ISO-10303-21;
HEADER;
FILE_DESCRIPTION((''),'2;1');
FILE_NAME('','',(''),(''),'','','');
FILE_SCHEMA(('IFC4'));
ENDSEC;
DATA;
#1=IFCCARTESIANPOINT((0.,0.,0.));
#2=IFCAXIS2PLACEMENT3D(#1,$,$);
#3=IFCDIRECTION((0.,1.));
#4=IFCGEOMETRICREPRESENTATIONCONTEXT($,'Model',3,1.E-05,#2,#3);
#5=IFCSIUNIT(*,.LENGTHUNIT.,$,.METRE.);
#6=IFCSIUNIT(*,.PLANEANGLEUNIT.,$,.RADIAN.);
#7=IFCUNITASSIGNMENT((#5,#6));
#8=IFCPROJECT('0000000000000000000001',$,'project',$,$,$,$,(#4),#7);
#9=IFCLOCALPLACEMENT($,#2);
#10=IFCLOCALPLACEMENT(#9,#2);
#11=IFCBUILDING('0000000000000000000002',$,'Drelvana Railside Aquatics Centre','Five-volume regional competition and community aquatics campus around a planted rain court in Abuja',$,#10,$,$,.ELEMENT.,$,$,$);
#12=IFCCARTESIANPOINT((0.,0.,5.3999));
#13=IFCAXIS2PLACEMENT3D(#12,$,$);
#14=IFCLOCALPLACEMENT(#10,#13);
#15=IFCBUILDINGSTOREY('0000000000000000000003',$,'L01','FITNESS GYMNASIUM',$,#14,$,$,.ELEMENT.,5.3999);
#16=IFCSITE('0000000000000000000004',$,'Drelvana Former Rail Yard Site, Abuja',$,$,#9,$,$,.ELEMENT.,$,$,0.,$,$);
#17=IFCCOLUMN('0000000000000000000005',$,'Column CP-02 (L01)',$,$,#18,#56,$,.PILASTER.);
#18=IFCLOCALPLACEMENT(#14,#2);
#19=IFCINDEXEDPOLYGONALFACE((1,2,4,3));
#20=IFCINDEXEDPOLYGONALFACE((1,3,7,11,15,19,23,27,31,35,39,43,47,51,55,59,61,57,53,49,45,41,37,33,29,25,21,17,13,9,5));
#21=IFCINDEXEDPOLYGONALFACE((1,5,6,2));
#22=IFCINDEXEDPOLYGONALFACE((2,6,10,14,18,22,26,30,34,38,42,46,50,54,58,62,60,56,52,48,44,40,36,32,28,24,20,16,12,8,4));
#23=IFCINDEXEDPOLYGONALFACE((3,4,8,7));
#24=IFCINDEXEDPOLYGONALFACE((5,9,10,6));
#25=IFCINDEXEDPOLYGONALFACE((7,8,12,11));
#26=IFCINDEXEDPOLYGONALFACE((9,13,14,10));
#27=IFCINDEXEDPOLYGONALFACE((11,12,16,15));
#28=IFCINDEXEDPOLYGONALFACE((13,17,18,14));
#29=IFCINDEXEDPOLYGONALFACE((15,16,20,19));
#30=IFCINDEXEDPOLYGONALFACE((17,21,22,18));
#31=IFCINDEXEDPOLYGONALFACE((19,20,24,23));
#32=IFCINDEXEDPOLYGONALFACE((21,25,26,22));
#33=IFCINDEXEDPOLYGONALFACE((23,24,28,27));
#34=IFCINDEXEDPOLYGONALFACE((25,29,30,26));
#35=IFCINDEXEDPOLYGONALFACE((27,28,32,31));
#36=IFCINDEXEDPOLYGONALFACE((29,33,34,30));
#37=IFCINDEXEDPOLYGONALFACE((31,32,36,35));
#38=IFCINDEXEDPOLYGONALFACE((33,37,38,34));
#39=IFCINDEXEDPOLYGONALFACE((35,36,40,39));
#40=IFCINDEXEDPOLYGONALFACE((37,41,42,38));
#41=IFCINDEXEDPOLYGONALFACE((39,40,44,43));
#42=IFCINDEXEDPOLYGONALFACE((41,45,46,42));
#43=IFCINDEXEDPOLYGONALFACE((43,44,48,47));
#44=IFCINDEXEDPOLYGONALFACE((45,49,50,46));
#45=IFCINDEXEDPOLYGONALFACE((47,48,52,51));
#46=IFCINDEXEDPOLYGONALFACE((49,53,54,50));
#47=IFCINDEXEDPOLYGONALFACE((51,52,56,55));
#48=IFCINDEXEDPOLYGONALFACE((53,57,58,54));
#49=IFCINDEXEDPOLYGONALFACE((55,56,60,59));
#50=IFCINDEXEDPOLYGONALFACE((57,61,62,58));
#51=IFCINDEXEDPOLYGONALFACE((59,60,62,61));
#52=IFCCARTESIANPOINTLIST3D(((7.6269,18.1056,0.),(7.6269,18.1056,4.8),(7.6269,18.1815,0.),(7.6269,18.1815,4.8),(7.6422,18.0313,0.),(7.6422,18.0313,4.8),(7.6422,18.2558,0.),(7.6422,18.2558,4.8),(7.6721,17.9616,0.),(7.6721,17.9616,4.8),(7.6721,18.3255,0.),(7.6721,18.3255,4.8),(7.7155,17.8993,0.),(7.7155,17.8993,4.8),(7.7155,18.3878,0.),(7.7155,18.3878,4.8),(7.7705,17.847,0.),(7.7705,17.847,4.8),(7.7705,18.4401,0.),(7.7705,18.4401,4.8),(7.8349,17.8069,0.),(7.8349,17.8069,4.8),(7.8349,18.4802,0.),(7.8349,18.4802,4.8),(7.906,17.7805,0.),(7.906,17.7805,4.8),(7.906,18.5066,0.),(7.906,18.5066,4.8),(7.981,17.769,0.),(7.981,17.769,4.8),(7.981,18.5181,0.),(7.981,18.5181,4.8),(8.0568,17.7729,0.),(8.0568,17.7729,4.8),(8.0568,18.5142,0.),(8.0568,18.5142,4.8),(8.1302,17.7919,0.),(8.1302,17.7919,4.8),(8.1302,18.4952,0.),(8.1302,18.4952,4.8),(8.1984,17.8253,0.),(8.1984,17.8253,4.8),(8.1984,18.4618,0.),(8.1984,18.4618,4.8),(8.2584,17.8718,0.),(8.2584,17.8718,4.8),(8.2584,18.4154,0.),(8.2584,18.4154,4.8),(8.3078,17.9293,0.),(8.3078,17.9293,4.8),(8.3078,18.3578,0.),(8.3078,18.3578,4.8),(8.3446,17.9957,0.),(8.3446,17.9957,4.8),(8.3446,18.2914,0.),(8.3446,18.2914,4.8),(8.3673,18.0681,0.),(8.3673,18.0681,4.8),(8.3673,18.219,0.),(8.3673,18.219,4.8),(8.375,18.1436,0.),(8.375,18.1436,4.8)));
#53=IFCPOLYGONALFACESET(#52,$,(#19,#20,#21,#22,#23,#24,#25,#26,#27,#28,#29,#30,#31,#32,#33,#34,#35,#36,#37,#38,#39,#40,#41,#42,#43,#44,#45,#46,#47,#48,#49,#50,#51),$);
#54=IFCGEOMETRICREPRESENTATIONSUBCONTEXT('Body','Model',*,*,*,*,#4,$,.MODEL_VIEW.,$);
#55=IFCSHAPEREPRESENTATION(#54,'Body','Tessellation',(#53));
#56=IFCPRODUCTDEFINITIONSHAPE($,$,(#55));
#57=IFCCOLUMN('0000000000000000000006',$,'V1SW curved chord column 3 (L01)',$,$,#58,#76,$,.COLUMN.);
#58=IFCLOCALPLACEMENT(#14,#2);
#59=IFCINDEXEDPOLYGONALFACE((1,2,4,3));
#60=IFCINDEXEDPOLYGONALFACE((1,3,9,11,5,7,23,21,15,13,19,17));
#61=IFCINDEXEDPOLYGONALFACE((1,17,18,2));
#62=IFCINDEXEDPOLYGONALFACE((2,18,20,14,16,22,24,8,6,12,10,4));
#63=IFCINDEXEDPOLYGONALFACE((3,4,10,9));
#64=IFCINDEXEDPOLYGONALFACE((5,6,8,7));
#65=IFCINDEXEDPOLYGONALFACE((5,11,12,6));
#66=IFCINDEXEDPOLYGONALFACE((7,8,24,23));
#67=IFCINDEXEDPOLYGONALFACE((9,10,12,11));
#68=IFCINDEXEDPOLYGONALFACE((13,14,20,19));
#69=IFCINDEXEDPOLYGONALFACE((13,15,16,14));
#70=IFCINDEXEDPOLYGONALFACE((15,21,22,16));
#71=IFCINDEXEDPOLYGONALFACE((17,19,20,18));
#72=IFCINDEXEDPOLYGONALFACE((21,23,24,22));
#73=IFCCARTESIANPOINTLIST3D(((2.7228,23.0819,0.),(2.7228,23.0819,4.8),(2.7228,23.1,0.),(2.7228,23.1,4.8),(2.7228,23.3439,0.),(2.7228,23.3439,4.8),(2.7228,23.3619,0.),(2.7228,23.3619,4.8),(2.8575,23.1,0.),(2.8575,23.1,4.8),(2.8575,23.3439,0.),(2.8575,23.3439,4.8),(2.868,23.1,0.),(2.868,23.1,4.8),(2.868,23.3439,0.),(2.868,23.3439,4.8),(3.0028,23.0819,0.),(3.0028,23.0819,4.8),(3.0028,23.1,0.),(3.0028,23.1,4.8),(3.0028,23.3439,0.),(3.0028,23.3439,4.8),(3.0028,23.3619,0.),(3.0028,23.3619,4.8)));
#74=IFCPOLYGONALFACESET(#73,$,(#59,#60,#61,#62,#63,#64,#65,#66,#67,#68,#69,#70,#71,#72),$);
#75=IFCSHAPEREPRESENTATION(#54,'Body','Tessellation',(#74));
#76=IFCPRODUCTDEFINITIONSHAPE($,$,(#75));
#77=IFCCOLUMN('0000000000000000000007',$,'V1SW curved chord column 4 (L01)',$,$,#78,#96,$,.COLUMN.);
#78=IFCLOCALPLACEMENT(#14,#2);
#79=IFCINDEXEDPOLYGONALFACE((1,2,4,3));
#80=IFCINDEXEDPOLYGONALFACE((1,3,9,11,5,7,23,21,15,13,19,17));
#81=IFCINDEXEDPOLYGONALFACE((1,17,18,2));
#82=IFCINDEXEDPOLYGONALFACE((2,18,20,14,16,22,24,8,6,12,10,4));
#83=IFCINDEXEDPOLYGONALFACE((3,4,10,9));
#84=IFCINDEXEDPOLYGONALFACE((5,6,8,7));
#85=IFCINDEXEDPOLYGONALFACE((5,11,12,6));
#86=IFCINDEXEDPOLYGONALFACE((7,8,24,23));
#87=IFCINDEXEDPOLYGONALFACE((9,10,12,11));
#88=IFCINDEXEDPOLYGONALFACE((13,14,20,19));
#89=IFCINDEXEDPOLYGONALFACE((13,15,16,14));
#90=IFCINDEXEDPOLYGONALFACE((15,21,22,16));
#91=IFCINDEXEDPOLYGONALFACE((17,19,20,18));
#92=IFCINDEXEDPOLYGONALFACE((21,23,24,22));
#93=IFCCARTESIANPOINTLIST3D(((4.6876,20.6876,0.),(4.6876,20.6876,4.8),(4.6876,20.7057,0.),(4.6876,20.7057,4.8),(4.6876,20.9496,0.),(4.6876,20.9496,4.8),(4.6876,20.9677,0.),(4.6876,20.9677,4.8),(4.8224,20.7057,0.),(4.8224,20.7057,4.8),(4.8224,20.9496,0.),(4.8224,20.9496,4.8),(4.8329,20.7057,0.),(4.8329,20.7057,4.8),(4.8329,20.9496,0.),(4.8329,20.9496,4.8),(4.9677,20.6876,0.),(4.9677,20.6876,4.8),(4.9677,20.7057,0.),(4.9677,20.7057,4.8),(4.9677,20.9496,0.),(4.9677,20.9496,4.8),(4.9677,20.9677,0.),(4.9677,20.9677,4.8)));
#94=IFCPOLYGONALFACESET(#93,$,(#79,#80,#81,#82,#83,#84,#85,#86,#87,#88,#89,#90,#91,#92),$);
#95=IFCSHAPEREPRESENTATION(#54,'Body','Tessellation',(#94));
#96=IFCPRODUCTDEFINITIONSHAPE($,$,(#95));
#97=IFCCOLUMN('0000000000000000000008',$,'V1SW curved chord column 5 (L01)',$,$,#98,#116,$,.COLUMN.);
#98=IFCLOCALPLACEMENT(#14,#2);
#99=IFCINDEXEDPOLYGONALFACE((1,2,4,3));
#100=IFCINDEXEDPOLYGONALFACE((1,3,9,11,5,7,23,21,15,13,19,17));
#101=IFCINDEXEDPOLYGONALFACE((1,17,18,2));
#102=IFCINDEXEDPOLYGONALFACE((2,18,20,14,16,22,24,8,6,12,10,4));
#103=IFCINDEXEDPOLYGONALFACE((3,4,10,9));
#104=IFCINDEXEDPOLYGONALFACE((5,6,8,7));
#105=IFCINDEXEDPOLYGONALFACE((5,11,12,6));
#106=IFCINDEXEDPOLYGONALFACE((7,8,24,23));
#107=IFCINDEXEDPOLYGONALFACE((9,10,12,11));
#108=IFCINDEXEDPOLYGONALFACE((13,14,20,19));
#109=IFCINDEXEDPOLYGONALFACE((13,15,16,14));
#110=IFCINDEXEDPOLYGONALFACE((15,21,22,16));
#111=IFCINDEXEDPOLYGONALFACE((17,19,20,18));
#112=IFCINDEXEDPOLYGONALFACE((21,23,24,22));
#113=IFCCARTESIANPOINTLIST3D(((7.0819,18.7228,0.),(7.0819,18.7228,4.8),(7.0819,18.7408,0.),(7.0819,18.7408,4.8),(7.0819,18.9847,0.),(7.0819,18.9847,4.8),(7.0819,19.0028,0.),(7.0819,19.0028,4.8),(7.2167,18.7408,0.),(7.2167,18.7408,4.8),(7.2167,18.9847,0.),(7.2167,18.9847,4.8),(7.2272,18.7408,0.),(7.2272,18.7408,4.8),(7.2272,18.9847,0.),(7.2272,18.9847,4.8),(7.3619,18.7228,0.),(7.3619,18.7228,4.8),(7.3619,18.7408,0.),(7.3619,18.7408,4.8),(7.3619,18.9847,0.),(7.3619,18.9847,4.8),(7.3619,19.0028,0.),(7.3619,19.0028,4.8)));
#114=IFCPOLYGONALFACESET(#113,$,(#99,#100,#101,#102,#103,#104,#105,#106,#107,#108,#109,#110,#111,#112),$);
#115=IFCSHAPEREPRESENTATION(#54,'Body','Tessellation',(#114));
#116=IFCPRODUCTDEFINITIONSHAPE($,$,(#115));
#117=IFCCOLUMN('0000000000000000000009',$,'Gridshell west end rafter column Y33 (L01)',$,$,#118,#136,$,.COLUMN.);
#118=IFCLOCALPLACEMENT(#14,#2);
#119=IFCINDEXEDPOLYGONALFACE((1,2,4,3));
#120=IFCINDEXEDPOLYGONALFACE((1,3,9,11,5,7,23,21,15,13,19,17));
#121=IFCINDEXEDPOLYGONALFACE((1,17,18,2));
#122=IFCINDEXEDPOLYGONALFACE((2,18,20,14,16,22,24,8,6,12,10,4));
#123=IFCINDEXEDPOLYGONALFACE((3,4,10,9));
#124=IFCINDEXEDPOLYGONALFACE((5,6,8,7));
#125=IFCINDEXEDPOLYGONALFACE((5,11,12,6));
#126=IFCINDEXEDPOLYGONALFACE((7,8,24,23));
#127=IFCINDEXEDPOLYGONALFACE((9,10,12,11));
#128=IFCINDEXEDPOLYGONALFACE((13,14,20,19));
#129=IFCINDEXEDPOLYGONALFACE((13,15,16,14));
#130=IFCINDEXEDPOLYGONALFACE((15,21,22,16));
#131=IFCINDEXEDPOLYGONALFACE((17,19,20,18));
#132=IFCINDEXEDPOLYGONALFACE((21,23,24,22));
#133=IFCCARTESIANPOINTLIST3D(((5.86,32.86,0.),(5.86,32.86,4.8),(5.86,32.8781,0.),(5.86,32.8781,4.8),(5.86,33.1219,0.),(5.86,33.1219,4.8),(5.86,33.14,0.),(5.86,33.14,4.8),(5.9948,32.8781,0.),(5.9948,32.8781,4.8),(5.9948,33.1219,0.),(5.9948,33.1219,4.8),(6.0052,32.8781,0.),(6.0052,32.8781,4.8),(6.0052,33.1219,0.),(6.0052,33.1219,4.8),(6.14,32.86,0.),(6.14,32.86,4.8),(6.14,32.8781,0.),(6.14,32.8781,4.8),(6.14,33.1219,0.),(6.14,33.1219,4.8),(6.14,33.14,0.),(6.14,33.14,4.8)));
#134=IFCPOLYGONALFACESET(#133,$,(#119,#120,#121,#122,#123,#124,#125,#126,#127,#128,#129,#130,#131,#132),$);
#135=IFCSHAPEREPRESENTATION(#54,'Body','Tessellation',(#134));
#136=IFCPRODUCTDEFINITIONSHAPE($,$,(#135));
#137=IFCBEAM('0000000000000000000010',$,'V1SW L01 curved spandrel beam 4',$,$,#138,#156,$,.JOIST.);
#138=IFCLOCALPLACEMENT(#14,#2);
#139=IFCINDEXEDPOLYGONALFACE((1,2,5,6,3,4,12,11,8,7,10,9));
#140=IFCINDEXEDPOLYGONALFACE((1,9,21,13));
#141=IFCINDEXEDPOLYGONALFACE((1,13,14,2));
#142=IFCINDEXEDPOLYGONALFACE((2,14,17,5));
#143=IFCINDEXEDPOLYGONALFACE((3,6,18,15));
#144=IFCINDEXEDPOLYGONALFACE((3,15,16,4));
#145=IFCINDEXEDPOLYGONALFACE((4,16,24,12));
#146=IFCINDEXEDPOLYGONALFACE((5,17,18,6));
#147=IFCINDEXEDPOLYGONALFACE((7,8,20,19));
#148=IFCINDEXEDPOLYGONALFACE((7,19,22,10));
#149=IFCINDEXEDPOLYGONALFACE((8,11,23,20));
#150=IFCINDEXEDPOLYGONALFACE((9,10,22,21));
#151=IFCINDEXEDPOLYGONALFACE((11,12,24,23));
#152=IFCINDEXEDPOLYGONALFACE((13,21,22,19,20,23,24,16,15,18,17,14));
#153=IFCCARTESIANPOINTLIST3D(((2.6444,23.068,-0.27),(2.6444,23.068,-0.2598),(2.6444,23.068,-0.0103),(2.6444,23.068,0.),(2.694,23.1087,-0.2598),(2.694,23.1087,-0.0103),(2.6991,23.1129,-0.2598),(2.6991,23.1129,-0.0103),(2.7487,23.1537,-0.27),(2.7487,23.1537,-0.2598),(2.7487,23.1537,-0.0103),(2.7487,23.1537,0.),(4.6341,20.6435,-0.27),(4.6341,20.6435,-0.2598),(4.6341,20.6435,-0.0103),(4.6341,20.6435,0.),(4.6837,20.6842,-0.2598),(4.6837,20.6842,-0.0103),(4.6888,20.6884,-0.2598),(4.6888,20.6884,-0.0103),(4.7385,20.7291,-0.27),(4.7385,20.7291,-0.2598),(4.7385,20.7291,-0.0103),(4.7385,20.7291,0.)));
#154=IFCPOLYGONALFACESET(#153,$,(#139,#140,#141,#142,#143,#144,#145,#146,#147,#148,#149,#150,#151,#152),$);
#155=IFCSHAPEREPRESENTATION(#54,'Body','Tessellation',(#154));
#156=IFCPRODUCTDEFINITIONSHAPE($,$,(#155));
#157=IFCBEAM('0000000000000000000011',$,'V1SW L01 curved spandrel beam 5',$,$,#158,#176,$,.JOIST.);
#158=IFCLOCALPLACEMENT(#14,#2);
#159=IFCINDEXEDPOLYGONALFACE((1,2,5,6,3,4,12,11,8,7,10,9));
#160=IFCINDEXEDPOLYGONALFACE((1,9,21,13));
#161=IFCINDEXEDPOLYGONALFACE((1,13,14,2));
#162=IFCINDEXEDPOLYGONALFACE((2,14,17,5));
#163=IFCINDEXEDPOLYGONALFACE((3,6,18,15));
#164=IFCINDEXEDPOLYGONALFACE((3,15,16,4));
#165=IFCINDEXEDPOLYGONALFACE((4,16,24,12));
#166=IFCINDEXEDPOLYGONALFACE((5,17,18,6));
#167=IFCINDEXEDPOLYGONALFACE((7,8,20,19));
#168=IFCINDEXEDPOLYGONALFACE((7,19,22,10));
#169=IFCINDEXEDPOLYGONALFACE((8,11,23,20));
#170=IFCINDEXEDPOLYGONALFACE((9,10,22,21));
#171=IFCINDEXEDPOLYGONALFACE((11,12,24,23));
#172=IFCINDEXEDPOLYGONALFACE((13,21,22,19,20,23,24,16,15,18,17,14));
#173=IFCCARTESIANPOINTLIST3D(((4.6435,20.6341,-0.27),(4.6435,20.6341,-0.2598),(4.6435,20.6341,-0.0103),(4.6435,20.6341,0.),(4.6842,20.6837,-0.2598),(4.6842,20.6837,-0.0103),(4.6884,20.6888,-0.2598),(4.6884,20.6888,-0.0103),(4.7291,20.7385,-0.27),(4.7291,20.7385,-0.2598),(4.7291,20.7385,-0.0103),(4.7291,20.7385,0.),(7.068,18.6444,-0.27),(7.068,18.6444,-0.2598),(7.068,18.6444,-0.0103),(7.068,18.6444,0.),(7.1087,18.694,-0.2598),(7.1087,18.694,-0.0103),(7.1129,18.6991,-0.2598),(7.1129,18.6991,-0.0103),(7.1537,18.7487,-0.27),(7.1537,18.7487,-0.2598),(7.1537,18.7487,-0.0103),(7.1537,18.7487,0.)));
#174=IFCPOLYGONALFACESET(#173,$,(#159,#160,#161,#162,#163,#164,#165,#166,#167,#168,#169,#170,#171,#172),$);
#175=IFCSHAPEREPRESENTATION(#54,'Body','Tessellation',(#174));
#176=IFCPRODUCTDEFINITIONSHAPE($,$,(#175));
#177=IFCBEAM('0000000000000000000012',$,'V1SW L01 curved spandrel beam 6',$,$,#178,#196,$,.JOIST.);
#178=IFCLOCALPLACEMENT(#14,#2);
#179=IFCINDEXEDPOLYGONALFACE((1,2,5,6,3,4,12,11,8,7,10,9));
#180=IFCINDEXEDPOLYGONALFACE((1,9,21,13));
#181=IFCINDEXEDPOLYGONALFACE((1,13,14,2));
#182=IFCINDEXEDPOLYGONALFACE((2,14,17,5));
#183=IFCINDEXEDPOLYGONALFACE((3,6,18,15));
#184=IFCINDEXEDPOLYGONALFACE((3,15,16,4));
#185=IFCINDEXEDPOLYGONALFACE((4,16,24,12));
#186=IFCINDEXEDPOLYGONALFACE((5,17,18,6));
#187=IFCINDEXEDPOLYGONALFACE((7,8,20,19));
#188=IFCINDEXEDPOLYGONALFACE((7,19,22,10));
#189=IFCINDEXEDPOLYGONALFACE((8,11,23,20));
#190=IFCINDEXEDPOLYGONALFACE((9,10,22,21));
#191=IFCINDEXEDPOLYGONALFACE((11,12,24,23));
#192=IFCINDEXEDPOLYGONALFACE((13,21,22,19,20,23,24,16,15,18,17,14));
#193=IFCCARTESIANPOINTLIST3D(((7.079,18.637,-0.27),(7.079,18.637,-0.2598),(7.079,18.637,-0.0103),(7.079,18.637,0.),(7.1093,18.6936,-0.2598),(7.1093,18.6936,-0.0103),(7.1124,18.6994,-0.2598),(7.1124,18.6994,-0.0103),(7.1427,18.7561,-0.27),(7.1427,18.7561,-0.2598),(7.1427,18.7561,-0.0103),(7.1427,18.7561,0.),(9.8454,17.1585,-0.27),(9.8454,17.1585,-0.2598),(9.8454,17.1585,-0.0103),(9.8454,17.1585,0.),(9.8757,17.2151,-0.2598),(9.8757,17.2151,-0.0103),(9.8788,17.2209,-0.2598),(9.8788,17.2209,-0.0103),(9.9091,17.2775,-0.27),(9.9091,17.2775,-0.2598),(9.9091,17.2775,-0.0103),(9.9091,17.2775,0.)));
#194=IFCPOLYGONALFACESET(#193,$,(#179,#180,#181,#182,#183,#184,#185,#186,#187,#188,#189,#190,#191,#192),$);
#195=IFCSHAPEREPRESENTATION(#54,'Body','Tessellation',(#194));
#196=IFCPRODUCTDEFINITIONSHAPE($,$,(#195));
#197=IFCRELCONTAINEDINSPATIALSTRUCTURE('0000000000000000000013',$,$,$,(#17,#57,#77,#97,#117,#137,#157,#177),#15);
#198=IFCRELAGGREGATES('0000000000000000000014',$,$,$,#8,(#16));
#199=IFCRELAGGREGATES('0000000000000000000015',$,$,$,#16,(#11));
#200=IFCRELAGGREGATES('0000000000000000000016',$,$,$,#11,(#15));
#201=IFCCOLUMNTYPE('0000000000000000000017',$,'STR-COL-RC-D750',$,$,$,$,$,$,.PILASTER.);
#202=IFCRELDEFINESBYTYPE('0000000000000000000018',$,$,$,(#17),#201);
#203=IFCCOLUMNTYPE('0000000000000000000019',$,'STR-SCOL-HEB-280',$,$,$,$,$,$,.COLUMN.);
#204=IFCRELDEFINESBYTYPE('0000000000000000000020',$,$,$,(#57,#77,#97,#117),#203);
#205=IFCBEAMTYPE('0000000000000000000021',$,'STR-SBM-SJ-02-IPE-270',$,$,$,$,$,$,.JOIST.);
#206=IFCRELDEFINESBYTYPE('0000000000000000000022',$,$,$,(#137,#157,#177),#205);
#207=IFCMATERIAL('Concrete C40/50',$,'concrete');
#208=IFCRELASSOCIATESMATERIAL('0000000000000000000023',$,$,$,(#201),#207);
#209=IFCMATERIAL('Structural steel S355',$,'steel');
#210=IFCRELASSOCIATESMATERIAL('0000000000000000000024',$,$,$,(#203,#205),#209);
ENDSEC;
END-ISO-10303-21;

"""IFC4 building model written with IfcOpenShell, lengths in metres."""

from ifc_helpers import new_model, si_unit, direction, frame, origin, origin_2d, place, context, subcontext, project, spatial, circle, i_section, extrude, material, material_profile, profile_set, type_object, element, save


model = new_model("IFC4")

# Units and contexts
model_context = context("Model", 3, precision=1e-05, world=origin(), true_north=direction((0.0, 1.0)))
body_context = subcontext(model_context, "Body", "Model", "MODEL_VIEW")
ifc_project = project(units=[si_unit("LENGTHUNIT", "METRE"), si_unit("PLANEANGLEUNIT", "RADIAN")], contexts=[model_context])

# Site, building, storey
site_placement = place(None, origin())
site = spatial("IfcSite", under=ifc_project, at=site_placement, Name="Drelvana Former Rail Yard Site, Abuja", CompositionType="ELEMENT", RefElevation=0.0)
building_placement = place(site_placement, origin())
building = spatial("IfcBuilding", under=site, at=building_placement, Name="Drelvana Railside Aquatics Centre", Description="Five-volume regional competition and community aquatics campus around a planted rain court in Abuja", CompositionType="ELEMENT")
storey_placement = place(building_placement, frame((0.0, 0.0, 5.3999)))
storey = spatial("IfcBuildingStorey", under=building, at=storey_placement, Name="L01", Description="FITNESS GYMNASIUM", CompositionType="ELEMENT", Elevation=5.3999)

# Columns
ifc_material_1 = material(Name="Concrete C40/50", Category="concrete")
ifc_material_profile_1 = material_profile(ifc_material_1, circle(Radius=0.375, at=origin_2d()), Name="RC D750")
ifc_profile_set_1 = profile_set([ifc_material_profile_1], Name="Concrete C40/50")
column_type_1 = type_object("IfcColumnType", Name="STR-COL-RC-D750", PredefinedType="PILASTER", material=ifc_profile_set_1)
column_placement = place(storey_placement, frame((8.0, 18.1436, 0.0), z_axis=(0.0, 0.0, 1.0), x_axis=(1.0, 0.0, 0.0)))
element("IfcColumn", 1, at=column_placement, inside=storey, type_object=column_type_1, Name="Column CP-02 (L01)", PredefinedType="PILASTER", context=body_context, shape_type="SweptSolid", body=[
    extrude(circle(Radius=0.375, at=origin_2d()), origin(), (0.0, 0.0, 1.0), 4.8),
])
ifc_material_2 = material(Name="Structural steel S355", Category="steel")
ifc_material_profile_2 = material_profile(ifc_material_2, i_section(OverallWidth=0.28, OverallDepth=0.28, WebThickness=0.0105, FlangeThickness=0.0181, at=origin_2d()), Name="HEB 280")
ifc_profile_set_2 = profile_set([ifc_material_profile_2], Name="Structural steel S355")
column_type_2 = type_object("IfcColumnType", Name="STR-SCOL-HEB-280", PredefinedType="COLUMN", material=ifc_profile_set_2)
for number, where, z_axis, x_axis, name in (
    (2, (2.8628, 23.2219, 0.0), (0.0, 0.0, 1.0), (1.0, 0.0, 0.0), "V1SW curved chord column 3 (L01)"),
    (3, (4.8276, 20.8276, 0.0), (0.0, 0.0, 1.0), (1.0, 0.0, 0.0), "V1SW curved chord column 4 (L01)"),
    (4, (7.2219, 18.8628, 0.0), (0.0, 0.0, 1.0), (1.0, 0.0, 0.0), "V1SW curved chord column 5 (L01)"),
    (5, (6.0, 33.0, 0.0), (0.0, 0.0, 1.0), (1.0, 0.0, 0.0), "Gridshell west end rafter column Y33 (L01)"),
):
    element("IfcColumn", number, at=place(storey_placement, frame(where, z_axis=z_axis, x_axis=x_axis)), inside=storey, type_object=column_type_2, Name=name, PredefinedType="COLUMN", context=body_context, shape_type="SweptSolid", body=[
        extrude(i_section(OverallWidth=0.28, OverallDepth=0.28, WebThickness=0.0105, FlangeThickness=0.0181, at=origin_2d()), origin(), (0.0, 0.0, 1.0), 4.8),
    ])

# Beams
ifc_material_profile_3 = material_profile(ifc_material_2, i_section(OverallWidth=0.135, OverallDepth=0.27, WebThickness=0.0066, FlangeThickness=0.0103, at=origin_2d()), Name="IPE 270")
ifc_profile_set_3 = profile_set([ifc_material_profile_3], Name="Structural steel S355")
beam_type = type_object("IfcBeamType", Name="STR-SBM-SJ-02-IPE-270", PredefinedType="JOIST", material=ifc_profile_set_3)
for number, where, z_axis, x_axis, name in (
    (6, (2.6965, 23.1108, -0.135), (0.634386, -0.773017, 0.0), (0.773017, 0.634386, 0.0), "V1SW L01 curved spandrel beam 4"),
    (7, (4.6863, 20.6863, -0.135), (0.773017, -0.634386, 0.0), (0.634386, 0.773017, 0.0), "V1SW L01 curved spandrel beam 5"),
):
    element("IfcBeam", number, at=place(storey_placement, frame(where, z_axis=z_axis, x_axis=x_axis)), inside=storey, type_object=beam_type, Name=name, PredefinedType="JOIST", context=body_context, shape_type="SweptSolid", body=[
        extrude(i_section(OverallWidth=0.135, OverallDepth=0.27, WebThickness=0.0066, FlangeThickness=0.0103, at=origin_2d()), origin(), (0.0, 0.0, 1.0), 3.1365),
    ])
beam_placement = place(storey_placement, frame((7.1108, 18.6965, -0.135), z_axis=(0.881939, -0.471364, 0.0), x_axis=(0.471364, 0.881939, 0.0)))
element("IfcBeam", 8, at=beam_placement, inside=storey, type_object=beam_type, Name="V1SW L01 curved spandrel beam 6", PredefinedType="JOIST", context=body_context, shape_type="SweptSolid", body=[
    extrude(i_section(OverallWidth=0.135, OverallDepth=0.27, WebThickness=0.0066, FlangeThickness=0.0103, at=origin_2d()), origin(), (0.0, 0.0, 1.0), 3.1367),
])

save(model, "model.ifc")
